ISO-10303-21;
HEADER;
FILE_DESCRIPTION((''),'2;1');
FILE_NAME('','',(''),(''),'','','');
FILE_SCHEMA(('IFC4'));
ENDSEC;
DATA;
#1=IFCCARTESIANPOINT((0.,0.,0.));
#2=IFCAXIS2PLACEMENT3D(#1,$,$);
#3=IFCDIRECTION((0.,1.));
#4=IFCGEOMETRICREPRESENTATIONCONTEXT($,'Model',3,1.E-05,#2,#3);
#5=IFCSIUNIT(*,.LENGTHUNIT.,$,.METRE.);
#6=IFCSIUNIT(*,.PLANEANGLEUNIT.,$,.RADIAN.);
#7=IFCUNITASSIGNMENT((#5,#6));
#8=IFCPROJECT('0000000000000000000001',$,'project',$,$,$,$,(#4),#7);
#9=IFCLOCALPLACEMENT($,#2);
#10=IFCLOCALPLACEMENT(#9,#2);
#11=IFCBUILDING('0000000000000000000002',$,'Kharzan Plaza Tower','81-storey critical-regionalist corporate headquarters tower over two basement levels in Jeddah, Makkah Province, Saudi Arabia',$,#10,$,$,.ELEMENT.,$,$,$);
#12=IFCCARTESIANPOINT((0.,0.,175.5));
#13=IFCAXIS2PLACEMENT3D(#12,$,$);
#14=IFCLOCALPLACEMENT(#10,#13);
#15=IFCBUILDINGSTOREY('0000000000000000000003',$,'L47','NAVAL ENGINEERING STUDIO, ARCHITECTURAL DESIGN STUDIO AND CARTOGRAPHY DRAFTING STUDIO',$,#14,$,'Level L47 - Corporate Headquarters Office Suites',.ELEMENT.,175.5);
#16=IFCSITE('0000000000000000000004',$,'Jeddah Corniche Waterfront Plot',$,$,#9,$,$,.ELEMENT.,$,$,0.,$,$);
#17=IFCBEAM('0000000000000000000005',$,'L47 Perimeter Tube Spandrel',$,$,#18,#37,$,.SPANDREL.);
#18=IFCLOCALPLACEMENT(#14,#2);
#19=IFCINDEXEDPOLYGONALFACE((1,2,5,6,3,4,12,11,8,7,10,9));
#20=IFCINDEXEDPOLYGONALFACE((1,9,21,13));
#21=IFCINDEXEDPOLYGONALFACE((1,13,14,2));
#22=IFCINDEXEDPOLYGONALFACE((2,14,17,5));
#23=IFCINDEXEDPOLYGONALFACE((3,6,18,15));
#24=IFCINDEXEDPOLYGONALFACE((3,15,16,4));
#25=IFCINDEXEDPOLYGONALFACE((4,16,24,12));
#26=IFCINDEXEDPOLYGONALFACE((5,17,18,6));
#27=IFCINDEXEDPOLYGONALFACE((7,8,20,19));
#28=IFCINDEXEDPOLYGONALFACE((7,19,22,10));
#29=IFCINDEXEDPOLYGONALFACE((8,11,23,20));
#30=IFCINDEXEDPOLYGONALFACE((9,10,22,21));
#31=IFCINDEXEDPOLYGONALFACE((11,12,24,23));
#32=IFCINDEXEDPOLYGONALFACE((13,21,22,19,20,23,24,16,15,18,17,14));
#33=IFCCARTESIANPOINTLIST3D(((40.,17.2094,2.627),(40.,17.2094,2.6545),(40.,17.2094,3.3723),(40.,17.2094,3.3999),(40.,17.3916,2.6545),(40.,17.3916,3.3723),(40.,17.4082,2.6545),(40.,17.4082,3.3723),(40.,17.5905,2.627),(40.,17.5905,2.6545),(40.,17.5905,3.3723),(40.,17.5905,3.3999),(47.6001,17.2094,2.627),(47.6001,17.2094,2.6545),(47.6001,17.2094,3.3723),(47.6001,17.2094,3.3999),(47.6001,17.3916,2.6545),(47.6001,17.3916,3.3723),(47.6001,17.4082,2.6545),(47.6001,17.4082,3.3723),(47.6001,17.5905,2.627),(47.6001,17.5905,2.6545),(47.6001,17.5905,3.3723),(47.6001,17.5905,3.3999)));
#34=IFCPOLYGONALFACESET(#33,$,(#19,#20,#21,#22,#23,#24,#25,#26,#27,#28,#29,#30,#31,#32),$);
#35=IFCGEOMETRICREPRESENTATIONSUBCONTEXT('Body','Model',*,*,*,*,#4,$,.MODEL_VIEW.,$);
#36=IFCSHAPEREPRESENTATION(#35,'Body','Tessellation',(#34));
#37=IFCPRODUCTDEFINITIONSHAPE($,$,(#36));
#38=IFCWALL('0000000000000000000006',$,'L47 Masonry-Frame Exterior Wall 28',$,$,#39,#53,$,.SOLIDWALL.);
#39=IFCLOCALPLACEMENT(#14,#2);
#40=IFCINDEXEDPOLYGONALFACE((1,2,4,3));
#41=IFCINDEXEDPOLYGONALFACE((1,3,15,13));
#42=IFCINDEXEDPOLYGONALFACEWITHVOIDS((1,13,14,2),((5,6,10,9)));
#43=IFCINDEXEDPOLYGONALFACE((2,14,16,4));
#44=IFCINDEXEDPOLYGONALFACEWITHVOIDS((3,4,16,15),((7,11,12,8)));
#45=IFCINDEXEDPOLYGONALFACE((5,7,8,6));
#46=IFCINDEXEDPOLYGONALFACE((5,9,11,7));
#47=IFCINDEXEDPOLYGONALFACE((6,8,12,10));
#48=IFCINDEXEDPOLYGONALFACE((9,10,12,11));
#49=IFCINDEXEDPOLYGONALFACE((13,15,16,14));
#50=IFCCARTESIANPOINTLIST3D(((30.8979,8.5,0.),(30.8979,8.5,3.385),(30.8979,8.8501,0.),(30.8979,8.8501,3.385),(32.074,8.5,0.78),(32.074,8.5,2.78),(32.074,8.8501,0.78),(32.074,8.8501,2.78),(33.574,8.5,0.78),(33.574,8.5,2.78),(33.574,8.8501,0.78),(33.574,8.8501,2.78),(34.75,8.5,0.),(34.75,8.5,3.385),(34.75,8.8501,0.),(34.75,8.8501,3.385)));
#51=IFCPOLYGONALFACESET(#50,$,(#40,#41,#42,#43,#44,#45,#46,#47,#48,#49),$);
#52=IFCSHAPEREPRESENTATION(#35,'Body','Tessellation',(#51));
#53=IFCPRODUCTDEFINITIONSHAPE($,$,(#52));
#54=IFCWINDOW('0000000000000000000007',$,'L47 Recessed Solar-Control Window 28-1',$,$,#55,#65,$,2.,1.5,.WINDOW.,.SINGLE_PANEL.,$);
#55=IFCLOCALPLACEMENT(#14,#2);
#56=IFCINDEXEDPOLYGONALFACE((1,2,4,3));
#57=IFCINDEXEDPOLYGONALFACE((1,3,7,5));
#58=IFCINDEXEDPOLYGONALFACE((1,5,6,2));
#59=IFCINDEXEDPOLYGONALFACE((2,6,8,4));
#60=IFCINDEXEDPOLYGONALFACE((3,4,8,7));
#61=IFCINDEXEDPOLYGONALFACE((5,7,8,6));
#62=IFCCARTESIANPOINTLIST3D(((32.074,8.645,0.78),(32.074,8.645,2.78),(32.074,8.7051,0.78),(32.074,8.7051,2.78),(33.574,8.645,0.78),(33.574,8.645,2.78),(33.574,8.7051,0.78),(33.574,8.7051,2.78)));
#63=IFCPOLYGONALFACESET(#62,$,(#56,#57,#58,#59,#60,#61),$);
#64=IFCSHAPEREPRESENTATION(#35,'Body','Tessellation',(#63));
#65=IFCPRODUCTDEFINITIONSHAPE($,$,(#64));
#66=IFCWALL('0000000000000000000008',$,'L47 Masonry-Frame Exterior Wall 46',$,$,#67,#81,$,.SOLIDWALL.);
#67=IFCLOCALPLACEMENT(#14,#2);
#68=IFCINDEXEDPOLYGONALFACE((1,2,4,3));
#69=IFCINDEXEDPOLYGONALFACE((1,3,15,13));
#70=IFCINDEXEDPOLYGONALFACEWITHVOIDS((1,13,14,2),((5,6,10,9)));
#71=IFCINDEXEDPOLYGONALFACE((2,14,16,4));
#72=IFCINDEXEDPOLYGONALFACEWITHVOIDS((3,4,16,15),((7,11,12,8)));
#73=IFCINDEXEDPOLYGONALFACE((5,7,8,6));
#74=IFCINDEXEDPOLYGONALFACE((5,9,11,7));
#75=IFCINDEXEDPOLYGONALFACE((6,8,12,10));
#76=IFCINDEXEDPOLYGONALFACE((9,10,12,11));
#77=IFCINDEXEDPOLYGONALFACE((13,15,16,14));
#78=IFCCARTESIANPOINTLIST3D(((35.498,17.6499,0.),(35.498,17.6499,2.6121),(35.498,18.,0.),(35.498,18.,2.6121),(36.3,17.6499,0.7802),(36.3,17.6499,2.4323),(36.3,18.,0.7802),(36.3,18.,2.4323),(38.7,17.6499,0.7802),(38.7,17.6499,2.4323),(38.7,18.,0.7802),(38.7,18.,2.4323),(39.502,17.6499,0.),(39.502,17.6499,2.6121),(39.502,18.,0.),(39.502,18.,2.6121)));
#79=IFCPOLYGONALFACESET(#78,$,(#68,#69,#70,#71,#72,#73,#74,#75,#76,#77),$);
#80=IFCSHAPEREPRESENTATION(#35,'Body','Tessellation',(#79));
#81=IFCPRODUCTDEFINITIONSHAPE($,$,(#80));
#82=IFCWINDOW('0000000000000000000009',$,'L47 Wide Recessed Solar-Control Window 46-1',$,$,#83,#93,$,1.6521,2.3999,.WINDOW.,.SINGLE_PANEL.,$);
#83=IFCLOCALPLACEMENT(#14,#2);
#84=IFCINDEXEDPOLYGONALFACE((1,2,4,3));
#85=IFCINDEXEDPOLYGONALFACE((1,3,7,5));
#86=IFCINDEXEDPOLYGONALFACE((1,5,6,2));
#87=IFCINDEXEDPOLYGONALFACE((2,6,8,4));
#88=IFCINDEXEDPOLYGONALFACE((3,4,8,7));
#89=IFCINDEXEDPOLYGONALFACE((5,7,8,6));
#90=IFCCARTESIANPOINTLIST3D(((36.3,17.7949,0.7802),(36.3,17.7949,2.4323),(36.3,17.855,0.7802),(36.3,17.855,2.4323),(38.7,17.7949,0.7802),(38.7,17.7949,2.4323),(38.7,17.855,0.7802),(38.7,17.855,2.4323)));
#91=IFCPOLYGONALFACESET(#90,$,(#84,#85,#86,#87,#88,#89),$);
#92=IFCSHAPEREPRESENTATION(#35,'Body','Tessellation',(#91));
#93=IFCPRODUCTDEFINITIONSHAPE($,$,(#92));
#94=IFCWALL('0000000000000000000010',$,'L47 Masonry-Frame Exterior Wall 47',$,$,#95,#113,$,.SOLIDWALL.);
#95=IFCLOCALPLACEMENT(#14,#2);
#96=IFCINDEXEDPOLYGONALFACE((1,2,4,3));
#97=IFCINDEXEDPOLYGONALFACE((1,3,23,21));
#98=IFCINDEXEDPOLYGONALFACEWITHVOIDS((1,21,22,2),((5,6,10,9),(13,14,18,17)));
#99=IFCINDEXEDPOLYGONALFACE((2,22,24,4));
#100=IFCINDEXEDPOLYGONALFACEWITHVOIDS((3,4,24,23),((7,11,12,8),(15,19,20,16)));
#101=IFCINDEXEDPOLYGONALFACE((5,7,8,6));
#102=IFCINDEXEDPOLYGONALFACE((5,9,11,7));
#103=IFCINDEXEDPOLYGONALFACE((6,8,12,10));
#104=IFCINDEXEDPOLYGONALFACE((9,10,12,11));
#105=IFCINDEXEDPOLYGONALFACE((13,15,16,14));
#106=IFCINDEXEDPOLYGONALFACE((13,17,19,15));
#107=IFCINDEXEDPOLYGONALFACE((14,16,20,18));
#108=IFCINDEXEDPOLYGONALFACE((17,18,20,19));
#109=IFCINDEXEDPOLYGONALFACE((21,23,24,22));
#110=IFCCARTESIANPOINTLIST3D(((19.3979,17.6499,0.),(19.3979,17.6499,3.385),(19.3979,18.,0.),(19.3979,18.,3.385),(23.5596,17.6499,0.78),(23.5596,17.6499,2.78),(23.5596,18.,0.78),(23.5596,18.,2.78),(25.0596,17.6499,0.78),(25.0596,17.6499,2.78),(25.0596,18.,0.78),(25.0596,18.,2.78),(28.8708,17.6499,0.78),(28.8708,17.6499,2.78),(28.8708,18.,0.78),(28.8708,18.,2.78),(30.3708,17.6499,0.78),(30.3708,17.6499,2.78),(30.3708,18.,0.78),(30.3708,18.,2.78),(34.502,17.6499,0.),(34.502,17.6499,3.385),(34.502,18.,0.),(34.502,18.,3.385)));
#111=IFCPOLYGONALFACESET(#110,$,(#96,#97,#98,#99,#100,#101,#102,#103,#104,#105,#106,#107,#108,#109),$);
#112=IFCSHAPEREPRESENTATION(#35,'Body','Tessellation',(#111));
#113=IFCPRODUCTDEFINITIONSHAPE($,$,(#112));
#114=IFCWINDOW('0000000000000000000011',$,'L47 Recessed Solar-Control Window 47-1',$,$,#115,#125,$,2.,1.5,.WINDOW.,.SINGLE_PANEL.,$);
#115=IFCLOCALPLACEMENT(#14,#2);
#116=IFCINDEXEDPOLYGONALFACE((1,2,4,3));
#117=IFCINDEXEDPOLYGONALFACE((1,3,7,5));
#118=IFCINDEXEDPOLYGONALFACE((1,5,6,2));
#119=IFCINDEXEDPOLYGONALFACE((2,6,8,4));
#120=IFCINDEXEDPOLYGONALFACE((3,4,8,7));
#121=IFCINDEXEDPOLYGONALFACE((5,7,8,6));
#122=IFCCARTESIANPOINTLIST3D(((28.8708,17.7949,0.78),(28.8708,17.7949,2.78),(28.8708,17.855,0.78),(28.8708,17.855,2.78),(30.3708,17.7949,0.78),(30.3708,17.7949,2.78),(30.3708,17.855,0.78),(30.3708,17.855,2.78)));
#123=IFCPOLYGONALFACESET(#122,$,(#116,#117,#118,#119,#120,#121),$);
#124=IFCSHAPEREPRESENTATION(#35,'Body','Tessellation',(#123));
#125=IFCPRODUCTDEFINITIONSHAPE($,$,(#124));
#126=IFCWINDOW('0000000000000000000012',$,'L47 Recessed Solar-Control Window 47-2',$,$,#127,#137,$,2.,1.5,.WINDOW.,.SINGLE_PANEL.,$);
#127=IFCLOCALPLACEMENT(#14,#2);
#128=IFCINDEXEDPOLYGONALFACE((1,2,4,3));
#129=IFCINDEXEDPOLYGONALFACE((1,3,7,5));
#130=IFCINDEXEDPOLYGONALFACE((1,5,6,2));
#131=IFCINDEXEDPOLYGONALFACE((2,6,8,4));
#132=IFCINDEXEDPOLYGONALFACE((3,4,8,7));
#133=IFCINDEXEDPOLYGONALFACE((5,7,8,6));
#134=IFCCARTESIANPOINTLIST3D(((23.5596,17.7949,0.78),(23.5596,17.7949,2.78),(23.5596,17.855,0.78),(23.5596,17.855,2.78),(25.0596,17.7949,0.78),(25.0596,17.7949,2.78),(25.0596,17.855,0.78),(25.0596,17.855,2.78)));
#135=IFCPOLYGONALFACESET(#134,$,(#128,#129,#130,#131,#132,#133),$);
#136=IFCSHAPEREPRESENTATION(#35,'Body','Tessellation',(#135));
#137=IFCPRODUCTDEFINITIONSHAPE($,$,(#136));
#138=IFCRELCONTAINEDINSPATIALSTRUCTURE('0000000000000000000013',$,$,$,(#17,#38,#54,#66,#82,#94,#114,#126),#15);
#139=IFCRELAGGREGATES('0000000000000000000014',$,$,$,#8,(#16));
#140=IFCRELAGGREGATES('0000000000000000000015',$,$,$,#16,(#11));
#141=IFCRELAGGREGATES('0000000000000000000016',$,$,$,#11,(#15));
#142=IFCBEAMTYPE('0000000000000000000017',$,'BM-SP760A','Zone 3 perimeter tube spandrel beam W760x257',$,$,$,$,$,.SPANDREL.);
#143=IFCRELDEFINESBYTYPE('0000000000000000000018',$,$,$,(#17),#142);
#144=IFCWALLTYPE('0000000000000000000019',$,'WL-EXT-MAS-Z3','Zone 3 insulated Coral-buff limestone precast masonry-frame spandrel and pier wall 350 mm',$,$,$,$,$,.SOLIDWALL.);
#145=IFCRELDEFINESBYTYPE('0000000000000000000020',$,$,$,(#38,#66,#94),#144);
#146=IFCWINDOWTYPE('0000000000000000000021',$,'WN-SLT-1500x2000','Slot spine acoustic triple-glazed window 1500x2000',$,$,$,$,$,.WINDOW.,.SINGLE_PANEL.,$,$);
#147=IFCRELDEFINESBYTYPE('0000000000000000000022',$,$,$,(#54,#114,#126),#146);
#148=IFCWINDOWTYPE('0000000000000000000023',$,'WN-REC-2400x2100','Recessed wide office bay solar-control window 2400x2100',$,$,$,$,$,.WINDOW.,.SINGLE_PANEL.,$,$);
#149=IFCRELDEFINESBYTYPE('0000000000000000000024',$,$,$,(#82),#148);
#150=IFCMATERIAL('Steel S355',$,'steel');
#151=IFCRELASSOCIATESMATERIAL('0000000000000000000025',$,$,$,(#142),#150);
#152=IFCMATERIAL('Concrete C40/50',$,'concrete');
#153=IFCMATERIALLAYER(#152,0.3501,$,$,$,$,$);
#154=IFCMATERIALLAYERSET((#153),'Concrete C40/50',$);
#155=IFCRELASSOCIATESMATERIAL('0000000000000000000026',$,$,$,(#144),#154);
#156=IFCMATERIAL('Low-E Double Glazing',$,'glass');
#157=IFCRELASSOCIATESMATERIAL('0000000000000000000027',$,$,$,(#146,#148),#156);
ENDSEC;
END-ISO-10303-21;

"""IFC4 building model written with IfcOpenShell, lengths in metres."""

from ifc_helpers import new_model, si_unit, direction, frame, frame_2d, origin, origin_2d, place, context, subcontext, project, spatial, rectangle, i_section, extrude, source, transform, mapped, material, layer, layer_set, material_profile, profile_set, type_object, element, fill, save


model = new_model("IFC4")

# Units and contexts
model_context = context("Model", 3, precision=1e-05, world=origin(), true_north=direction((0.0, 1.0)))
body_context = subcontext(model_context, "Body", "Model", "MODEL_VIEW")
ifc_project = project(units=[si_unit("LENGTHUNIT", "METRE"), si_unit("PLANEANGLEUNIT", "RADIAN")], contexts=[model_context])

# Site, building, storey
site_placement = place(None, origin())
site = spatial("IfcSite", under=ifc_project, at=site_placement, Name="Jeddah Corniche Waterfront Plot", CompositionType="ELEMENT", RefElevation=0.0)
building_placement = place(site_placement, origin())
building = spatial("IfcBuilding", under=site, at=building_placement, Name="Kharzan Plaza Tower", Description="81-storey critical-regionalist corporate headquarters tower over two basement levels in Jeddah, Makkah Province, Saudi Arabia", CompositionType="ELEMENT")
storey_placement = place(building_placement, frame((0.0, 0.0, 175.5)))
storey = spatial("IfcBuildingStorey", under=building, at=storey_placement, Name="L47", Description="NAVAL ENGINEERING STUDIO, ARCHITECTURAL DESIGN STUDIO AND CARTOGRAPHY DRAFTING STUDIO", LongName="Level L47 - Corporate Headquarters Office Suites", CompositionType="ELEMENT", Elevation=175.5)

# Beam
ifc_material_1 = material(Name="Steel S355", Category="steel")
ifc_material_profile_1 = material_profile(ifc_material_1, i_section(OverallWidth=0.3811, OverallDepth=0.7729, WebThickness=0.0166, FlangeThickness=0.0276, at=origin_2d()), Name="W760x257")
ifc_profile_set_1 = profile_set([ifc_material_profile_1], Name="Steel S355")
beam_type_1 = type_object("IfcBeamType", Name="BM-SP760A", Description="Zone 3 perimeter tube spandrel beam W760x257", PredefinedType="SPANDREL", material=ifc_profile_set_1)
shared_shape_1 = source(origin(), body_context, "Body", "SweptSolid", [
    extrude(i_section(OverallWidth=0.3811, OverallDepth=0.7729, WebThickness=0.0166, FlangeThickness=0.0276, at=origin_2d()), origin(), (0.0, 0.0, 1.0), 7.6001),
])
beam_1_placement = place(storey_placement, frame((40.0, 17.3999, 3.0134), z_axis=(1.0, 0.0, 0.0), x_axis=(0.0, 1.0, 0.0)))
element("IfcBeam", 1, at=beam_1_placement, inside=storey, type_object=beam_type_1, Name="L47 Perimeter Tube Spandrel", PredefinedType="SPANDREL", context=body_context, shape_type="MappedRepresentation", body=[
    mapped(shared_shape_1, transform((0.0, 0.0, 0.0), x_axis=(1.0, 0.0, 0.0), y_axis=(0.0, 1.0, 0.0), z_axis=(0.0, 0.0, 1.0))),
])

# Walls, openings, windows
ifc_material_2 = material(Name="Concrete C40/50", Category="concrete")
ifc_layer_1 = layer(ifc_material_2, 0.3501)
ifc_layer_set_1 = layer_set([ifc_layer_1], Name="Concrete C40/50")
wall_type_1 = type_object("IfcWallType", Name="WL-EXT-MAS-Z3", Description="Zone 3 insulated Coral-buff limestone precast masonry-frame spandrel and pier wall 350 mm", PredefinedType="SOLIDWALL", material=ifc_layer_set_1)
wall_1_placement = place(storey_placement, frame((30.8979, 8.675, 0.0), z_axis=(0.0, 0.0, 1.0), x_axis=(1.0, 0.0, 0.0)))
wall_1 = element("IfcWall", 2, at=wall_1_placement, inside=storey, type_object=wall_type_1, Name="L47 Masonry-Frame Exterior Wall 28", PredefinedType="SOLIDWALL", context=body_context, shape_type="SweptSolid", body=[
    extrude(rectangle(XDim=3.8521, YDim=0.3501, at=frame_2d((1.926, 0.0))), origin(), (0.0, 0.0, 1.0), 3.385),
])
opening_1_placement = place(wall_1_placement, frame((1.176, 0.0, 0.78)))
opening_1 = element("IfcOpeningElement", 3, at=opening_1_placement, cuts=wall_1, PredefinedType="OPENING", context=body_context, shape_type="SweptSolid", body=[
    extrude(rectangle(XDim=1.5, YDim=2.0, at=frame_2d((0.75, 1.0))), frame((0.0, 0.1851, 0.0), z_axis=(0.0, -1.0, 0.0), x_axis=(1.0, 0.0, 0.0)), (0.0, 0.0, 1.0), 0.3701),
])
ifc_material_3 = material(Name="Low-E Double Glazing", Category="glass")
window_type_1 = type_object("IfcWindowType", Name="WN-SLT-1500x2000", Description="Slot spine acoustic triple-glazed window 1500x2000", PartitioningType="SINGLE_PANEL", PredefinedType="WINDOW", material=ifc_material_3)
shared_shape_2 = source(origin(), body_context, "Body", "SweptSolid", [
    extrude(rectangle(XDim=1.5, YDim=2.0, at=frame_2d((0.75, 1.0))), frame((0.0, 0.03, 0.0), z_axis=(0.0, -1.0, 0.0), x_axis=(1.0, 0.0, 0.0)), (0.0, 0.0, 1.0), 0.0601),
])
window_1_placement = place(opening_1_placement, origin())
window_1 = element("IfcWindow", 4, at=window_1_placement, inside=storey, type_object=window_type_1, Name="L47 Recessed Solar-Control Window 28-1", OverallHeight=2.0, OverallWidth=1.5, PartitioningType="SINGLE_PANEL", PredefinedType="WINDOW", context=body_context, shape_type="MappedRepresentation", body=[
    mapped(shared_shape_2, transform((0.0, 0.0, 0.0), x_axis=(1.0, 0.0, 0.0), y_axis=(0.0, 1.0, 0.0), z_axis=(0.0, 0.0, 1.0))),
])
fill(opening_1, window_1)
wall_2_placement = place(storey_placement, frame((39.502, 17.825, 0.0), z_axis=(0.0, 0.0, 1.0), x_axis=(-1.0, 0.0, 0.0)))
wall_2 = element("IfcWall", 5, at=wall_2_placement, inside=storey, type_object=wall_type_1, Name="L47 Masonry-Frame Exterior Wall 46", PredefinedType="SOLIDWALL", context=body_context, shape_type="SweptSolid", body=[
    extrude(rectangle(XDim=4.0039, YDim=0.3501, at=frame_2d((2.002, 0.0))), origin(), (0.0, 0.0, 1.0), 2.6121),
])
opening_2_placement = place(wall_2_placement, frame((0.802, 0.0, 0.78)))
opening_2 = element("IfcOpeningElement", 6, at=opening_2_placement, cuts=wall_2, PredefinedType="OPENING", context=body_context, shape_type="SweptSolid", body=[
    extrude(rectangle(XDim=2.3999, YDim=1.6521, at=frame_2d((1.2, 0.8262))), frame((0.0, 0.1851, 0.0), z_axis=(0.0, -1.0, 0.0), x_axis=(1.0, 0.0, 0.0)), (0.0, 0.0, 1.0), 0.3701),
])
window_type_2 = type_object("IfcWindowType", Name="WN-REC-2400x2100", Description="Recessed wide office bay solar-control window 2400x2100", PartitioningType="SINGLE_PANEL", PredefinedType="WINDOW", material=ifc_material_3)
shared_shape_3 = source(origin(), body_context, "Body", "SweptSolid", [
    extrude(rectangle(XDim=2.3999, YDim=1.6521, at=frame_2d((1.2, 0.8262))), frame((0.0, 0.03, 0.0), z_axis=(0.0, -1.0, 0.0), x_axis=(1.0, 0.0, 0.0)), (0.0, 0.0, 1.0), 0.0601),
])
window_2_placement = place(opening_2_placement, origin())
window_2 = element("IfcWindow", 7, at=window_2_placement, inside=storey, type_object=window_type_2, Name="L47 Wide Recessed Solar-Control Window 46-1", OverallHeight=1.6521, OverallWidth=2.3999, PartitioningType="SINGLE_PANEL", PredefinedType="WINDOW", context=body_context, shape_type="MappedRepresentation", body=[
    mapped(shared_shape_3, transform((0.0, 0.0, 0.0), x_axis=(1.0, 0.0, 0.0), y_axis=(0.0, 1.0, 0.0), z_axis=(0.0, 0.0, 1.0))),
])
fill(opening_2, window_2)

# Wall, openings, windows
wall_3_placement = place(storey_placement, frame((34.502, 17.825, 0.0), z_axis=(0.0, 0.0, 1.0), x_axis=(-1.0, 0.0, 0.0)))
wall_3 = element("IfcWall", 8, at=wall_3_placement, inside=storey, type_object=wall_type_1, Name="L47 Masonry-Frame Exterior Wall 47", PredefinedType="SOLIDWALL", context=body_context, shape_type="SweptSolid", body=[
    extrude(rectangle(XDim=15.104, YDim=0.3501, at=frame_2d((7.552, 0.0))), origin(), (0.0, 0.0, 1.0), 3.385),
])
opening_3_placement = place(wall_3_placement, frame((4.1311, 0.0, 0.78)))
opening_3 = element("IfcOpeningElement", 9, at=opening_3_placement, cuts=wall_3, PredefinedType="OPENING", context=body_context, shape_type="SweptSolid", body=[
    extrude(rectangle(XDim=1.5, YDim=2.0, at=frame_2d((0.75, 1.0))), frame((0.0, 0.1851, 0.0), z_axis=(0.0, -1.0, 0.0), x_axis=(1.0, 0.0, 0.0)), (0.0, 0.0, 1.0), 0.3701),
])
opening_4_placement = place(wall_3_placement, frame((9.4424, 0.0, 0.78)))
opening_4 = element("IfcOpeningElement", 10, at=opening_4_placement, cuts=wall_3, PredefinedType="OPENING", context=body_context, shape_type="SweptSolid", body=[
    extrude(rectangle(XDim=1.5, YDim=2.0, at=frame_2d((0.75, 1.0))), frame((0.0, 0.1851, 0.0), z_axis=(0.0, -1.0, 0.0), x_axis=(1.0, 0.0, 0.0)), (0.0, 0.0, 1.0), 0.3701),
])
window_3_placement = place(opening_3_placement, origin())
window_3 = element("IfcWindow", 11, at=window_3_placement, inside=storey, type_object=window_type_1, Name="L47 Recessed Solar-Control Window 47-1", OverallHeight=2.0, OverallWidth=1.5, PartitioningType="SINGLE_PANEL", PredefinedType="WINDOW", context=body_context, shape_type="MappedRepresentation", body=[
    mapped(shared_shape_2, transform((0.0, 0.0, 0.0), x_axis=(1.0, 0.0, 0.0), y_axis=(0.0, 1.0, 0.0), z_axis=(0.0, 0.0, 1.0))),
])
fill(opening_3, window_3)
window_4_placement = place(opening_4_placement, origin())
window_4 = element("IfcWindow", 12, at=window_4_placement, inside=storey, type_object=window_type_1, Name="L47 Recessed Solar-Control Window 47-2", OverallHeight=2.0, OverallWidth=1.5, PartitioningType="SINGLE_PANEL", PredefinedType="WINDOW", context=body_context, shape_type="MappedRepresentation", body=[
    mapped(shared_shape_2, transform((0.0, 0.0, 0.0), x_axis=(1.0, 0.0, 0.0), y_axis=(0.0, 1.0, 0.0), z_axis=(0.0, 0.0, 1.0))),
])
fill(opening_4, window_4)

save(model, "model.ifc")
